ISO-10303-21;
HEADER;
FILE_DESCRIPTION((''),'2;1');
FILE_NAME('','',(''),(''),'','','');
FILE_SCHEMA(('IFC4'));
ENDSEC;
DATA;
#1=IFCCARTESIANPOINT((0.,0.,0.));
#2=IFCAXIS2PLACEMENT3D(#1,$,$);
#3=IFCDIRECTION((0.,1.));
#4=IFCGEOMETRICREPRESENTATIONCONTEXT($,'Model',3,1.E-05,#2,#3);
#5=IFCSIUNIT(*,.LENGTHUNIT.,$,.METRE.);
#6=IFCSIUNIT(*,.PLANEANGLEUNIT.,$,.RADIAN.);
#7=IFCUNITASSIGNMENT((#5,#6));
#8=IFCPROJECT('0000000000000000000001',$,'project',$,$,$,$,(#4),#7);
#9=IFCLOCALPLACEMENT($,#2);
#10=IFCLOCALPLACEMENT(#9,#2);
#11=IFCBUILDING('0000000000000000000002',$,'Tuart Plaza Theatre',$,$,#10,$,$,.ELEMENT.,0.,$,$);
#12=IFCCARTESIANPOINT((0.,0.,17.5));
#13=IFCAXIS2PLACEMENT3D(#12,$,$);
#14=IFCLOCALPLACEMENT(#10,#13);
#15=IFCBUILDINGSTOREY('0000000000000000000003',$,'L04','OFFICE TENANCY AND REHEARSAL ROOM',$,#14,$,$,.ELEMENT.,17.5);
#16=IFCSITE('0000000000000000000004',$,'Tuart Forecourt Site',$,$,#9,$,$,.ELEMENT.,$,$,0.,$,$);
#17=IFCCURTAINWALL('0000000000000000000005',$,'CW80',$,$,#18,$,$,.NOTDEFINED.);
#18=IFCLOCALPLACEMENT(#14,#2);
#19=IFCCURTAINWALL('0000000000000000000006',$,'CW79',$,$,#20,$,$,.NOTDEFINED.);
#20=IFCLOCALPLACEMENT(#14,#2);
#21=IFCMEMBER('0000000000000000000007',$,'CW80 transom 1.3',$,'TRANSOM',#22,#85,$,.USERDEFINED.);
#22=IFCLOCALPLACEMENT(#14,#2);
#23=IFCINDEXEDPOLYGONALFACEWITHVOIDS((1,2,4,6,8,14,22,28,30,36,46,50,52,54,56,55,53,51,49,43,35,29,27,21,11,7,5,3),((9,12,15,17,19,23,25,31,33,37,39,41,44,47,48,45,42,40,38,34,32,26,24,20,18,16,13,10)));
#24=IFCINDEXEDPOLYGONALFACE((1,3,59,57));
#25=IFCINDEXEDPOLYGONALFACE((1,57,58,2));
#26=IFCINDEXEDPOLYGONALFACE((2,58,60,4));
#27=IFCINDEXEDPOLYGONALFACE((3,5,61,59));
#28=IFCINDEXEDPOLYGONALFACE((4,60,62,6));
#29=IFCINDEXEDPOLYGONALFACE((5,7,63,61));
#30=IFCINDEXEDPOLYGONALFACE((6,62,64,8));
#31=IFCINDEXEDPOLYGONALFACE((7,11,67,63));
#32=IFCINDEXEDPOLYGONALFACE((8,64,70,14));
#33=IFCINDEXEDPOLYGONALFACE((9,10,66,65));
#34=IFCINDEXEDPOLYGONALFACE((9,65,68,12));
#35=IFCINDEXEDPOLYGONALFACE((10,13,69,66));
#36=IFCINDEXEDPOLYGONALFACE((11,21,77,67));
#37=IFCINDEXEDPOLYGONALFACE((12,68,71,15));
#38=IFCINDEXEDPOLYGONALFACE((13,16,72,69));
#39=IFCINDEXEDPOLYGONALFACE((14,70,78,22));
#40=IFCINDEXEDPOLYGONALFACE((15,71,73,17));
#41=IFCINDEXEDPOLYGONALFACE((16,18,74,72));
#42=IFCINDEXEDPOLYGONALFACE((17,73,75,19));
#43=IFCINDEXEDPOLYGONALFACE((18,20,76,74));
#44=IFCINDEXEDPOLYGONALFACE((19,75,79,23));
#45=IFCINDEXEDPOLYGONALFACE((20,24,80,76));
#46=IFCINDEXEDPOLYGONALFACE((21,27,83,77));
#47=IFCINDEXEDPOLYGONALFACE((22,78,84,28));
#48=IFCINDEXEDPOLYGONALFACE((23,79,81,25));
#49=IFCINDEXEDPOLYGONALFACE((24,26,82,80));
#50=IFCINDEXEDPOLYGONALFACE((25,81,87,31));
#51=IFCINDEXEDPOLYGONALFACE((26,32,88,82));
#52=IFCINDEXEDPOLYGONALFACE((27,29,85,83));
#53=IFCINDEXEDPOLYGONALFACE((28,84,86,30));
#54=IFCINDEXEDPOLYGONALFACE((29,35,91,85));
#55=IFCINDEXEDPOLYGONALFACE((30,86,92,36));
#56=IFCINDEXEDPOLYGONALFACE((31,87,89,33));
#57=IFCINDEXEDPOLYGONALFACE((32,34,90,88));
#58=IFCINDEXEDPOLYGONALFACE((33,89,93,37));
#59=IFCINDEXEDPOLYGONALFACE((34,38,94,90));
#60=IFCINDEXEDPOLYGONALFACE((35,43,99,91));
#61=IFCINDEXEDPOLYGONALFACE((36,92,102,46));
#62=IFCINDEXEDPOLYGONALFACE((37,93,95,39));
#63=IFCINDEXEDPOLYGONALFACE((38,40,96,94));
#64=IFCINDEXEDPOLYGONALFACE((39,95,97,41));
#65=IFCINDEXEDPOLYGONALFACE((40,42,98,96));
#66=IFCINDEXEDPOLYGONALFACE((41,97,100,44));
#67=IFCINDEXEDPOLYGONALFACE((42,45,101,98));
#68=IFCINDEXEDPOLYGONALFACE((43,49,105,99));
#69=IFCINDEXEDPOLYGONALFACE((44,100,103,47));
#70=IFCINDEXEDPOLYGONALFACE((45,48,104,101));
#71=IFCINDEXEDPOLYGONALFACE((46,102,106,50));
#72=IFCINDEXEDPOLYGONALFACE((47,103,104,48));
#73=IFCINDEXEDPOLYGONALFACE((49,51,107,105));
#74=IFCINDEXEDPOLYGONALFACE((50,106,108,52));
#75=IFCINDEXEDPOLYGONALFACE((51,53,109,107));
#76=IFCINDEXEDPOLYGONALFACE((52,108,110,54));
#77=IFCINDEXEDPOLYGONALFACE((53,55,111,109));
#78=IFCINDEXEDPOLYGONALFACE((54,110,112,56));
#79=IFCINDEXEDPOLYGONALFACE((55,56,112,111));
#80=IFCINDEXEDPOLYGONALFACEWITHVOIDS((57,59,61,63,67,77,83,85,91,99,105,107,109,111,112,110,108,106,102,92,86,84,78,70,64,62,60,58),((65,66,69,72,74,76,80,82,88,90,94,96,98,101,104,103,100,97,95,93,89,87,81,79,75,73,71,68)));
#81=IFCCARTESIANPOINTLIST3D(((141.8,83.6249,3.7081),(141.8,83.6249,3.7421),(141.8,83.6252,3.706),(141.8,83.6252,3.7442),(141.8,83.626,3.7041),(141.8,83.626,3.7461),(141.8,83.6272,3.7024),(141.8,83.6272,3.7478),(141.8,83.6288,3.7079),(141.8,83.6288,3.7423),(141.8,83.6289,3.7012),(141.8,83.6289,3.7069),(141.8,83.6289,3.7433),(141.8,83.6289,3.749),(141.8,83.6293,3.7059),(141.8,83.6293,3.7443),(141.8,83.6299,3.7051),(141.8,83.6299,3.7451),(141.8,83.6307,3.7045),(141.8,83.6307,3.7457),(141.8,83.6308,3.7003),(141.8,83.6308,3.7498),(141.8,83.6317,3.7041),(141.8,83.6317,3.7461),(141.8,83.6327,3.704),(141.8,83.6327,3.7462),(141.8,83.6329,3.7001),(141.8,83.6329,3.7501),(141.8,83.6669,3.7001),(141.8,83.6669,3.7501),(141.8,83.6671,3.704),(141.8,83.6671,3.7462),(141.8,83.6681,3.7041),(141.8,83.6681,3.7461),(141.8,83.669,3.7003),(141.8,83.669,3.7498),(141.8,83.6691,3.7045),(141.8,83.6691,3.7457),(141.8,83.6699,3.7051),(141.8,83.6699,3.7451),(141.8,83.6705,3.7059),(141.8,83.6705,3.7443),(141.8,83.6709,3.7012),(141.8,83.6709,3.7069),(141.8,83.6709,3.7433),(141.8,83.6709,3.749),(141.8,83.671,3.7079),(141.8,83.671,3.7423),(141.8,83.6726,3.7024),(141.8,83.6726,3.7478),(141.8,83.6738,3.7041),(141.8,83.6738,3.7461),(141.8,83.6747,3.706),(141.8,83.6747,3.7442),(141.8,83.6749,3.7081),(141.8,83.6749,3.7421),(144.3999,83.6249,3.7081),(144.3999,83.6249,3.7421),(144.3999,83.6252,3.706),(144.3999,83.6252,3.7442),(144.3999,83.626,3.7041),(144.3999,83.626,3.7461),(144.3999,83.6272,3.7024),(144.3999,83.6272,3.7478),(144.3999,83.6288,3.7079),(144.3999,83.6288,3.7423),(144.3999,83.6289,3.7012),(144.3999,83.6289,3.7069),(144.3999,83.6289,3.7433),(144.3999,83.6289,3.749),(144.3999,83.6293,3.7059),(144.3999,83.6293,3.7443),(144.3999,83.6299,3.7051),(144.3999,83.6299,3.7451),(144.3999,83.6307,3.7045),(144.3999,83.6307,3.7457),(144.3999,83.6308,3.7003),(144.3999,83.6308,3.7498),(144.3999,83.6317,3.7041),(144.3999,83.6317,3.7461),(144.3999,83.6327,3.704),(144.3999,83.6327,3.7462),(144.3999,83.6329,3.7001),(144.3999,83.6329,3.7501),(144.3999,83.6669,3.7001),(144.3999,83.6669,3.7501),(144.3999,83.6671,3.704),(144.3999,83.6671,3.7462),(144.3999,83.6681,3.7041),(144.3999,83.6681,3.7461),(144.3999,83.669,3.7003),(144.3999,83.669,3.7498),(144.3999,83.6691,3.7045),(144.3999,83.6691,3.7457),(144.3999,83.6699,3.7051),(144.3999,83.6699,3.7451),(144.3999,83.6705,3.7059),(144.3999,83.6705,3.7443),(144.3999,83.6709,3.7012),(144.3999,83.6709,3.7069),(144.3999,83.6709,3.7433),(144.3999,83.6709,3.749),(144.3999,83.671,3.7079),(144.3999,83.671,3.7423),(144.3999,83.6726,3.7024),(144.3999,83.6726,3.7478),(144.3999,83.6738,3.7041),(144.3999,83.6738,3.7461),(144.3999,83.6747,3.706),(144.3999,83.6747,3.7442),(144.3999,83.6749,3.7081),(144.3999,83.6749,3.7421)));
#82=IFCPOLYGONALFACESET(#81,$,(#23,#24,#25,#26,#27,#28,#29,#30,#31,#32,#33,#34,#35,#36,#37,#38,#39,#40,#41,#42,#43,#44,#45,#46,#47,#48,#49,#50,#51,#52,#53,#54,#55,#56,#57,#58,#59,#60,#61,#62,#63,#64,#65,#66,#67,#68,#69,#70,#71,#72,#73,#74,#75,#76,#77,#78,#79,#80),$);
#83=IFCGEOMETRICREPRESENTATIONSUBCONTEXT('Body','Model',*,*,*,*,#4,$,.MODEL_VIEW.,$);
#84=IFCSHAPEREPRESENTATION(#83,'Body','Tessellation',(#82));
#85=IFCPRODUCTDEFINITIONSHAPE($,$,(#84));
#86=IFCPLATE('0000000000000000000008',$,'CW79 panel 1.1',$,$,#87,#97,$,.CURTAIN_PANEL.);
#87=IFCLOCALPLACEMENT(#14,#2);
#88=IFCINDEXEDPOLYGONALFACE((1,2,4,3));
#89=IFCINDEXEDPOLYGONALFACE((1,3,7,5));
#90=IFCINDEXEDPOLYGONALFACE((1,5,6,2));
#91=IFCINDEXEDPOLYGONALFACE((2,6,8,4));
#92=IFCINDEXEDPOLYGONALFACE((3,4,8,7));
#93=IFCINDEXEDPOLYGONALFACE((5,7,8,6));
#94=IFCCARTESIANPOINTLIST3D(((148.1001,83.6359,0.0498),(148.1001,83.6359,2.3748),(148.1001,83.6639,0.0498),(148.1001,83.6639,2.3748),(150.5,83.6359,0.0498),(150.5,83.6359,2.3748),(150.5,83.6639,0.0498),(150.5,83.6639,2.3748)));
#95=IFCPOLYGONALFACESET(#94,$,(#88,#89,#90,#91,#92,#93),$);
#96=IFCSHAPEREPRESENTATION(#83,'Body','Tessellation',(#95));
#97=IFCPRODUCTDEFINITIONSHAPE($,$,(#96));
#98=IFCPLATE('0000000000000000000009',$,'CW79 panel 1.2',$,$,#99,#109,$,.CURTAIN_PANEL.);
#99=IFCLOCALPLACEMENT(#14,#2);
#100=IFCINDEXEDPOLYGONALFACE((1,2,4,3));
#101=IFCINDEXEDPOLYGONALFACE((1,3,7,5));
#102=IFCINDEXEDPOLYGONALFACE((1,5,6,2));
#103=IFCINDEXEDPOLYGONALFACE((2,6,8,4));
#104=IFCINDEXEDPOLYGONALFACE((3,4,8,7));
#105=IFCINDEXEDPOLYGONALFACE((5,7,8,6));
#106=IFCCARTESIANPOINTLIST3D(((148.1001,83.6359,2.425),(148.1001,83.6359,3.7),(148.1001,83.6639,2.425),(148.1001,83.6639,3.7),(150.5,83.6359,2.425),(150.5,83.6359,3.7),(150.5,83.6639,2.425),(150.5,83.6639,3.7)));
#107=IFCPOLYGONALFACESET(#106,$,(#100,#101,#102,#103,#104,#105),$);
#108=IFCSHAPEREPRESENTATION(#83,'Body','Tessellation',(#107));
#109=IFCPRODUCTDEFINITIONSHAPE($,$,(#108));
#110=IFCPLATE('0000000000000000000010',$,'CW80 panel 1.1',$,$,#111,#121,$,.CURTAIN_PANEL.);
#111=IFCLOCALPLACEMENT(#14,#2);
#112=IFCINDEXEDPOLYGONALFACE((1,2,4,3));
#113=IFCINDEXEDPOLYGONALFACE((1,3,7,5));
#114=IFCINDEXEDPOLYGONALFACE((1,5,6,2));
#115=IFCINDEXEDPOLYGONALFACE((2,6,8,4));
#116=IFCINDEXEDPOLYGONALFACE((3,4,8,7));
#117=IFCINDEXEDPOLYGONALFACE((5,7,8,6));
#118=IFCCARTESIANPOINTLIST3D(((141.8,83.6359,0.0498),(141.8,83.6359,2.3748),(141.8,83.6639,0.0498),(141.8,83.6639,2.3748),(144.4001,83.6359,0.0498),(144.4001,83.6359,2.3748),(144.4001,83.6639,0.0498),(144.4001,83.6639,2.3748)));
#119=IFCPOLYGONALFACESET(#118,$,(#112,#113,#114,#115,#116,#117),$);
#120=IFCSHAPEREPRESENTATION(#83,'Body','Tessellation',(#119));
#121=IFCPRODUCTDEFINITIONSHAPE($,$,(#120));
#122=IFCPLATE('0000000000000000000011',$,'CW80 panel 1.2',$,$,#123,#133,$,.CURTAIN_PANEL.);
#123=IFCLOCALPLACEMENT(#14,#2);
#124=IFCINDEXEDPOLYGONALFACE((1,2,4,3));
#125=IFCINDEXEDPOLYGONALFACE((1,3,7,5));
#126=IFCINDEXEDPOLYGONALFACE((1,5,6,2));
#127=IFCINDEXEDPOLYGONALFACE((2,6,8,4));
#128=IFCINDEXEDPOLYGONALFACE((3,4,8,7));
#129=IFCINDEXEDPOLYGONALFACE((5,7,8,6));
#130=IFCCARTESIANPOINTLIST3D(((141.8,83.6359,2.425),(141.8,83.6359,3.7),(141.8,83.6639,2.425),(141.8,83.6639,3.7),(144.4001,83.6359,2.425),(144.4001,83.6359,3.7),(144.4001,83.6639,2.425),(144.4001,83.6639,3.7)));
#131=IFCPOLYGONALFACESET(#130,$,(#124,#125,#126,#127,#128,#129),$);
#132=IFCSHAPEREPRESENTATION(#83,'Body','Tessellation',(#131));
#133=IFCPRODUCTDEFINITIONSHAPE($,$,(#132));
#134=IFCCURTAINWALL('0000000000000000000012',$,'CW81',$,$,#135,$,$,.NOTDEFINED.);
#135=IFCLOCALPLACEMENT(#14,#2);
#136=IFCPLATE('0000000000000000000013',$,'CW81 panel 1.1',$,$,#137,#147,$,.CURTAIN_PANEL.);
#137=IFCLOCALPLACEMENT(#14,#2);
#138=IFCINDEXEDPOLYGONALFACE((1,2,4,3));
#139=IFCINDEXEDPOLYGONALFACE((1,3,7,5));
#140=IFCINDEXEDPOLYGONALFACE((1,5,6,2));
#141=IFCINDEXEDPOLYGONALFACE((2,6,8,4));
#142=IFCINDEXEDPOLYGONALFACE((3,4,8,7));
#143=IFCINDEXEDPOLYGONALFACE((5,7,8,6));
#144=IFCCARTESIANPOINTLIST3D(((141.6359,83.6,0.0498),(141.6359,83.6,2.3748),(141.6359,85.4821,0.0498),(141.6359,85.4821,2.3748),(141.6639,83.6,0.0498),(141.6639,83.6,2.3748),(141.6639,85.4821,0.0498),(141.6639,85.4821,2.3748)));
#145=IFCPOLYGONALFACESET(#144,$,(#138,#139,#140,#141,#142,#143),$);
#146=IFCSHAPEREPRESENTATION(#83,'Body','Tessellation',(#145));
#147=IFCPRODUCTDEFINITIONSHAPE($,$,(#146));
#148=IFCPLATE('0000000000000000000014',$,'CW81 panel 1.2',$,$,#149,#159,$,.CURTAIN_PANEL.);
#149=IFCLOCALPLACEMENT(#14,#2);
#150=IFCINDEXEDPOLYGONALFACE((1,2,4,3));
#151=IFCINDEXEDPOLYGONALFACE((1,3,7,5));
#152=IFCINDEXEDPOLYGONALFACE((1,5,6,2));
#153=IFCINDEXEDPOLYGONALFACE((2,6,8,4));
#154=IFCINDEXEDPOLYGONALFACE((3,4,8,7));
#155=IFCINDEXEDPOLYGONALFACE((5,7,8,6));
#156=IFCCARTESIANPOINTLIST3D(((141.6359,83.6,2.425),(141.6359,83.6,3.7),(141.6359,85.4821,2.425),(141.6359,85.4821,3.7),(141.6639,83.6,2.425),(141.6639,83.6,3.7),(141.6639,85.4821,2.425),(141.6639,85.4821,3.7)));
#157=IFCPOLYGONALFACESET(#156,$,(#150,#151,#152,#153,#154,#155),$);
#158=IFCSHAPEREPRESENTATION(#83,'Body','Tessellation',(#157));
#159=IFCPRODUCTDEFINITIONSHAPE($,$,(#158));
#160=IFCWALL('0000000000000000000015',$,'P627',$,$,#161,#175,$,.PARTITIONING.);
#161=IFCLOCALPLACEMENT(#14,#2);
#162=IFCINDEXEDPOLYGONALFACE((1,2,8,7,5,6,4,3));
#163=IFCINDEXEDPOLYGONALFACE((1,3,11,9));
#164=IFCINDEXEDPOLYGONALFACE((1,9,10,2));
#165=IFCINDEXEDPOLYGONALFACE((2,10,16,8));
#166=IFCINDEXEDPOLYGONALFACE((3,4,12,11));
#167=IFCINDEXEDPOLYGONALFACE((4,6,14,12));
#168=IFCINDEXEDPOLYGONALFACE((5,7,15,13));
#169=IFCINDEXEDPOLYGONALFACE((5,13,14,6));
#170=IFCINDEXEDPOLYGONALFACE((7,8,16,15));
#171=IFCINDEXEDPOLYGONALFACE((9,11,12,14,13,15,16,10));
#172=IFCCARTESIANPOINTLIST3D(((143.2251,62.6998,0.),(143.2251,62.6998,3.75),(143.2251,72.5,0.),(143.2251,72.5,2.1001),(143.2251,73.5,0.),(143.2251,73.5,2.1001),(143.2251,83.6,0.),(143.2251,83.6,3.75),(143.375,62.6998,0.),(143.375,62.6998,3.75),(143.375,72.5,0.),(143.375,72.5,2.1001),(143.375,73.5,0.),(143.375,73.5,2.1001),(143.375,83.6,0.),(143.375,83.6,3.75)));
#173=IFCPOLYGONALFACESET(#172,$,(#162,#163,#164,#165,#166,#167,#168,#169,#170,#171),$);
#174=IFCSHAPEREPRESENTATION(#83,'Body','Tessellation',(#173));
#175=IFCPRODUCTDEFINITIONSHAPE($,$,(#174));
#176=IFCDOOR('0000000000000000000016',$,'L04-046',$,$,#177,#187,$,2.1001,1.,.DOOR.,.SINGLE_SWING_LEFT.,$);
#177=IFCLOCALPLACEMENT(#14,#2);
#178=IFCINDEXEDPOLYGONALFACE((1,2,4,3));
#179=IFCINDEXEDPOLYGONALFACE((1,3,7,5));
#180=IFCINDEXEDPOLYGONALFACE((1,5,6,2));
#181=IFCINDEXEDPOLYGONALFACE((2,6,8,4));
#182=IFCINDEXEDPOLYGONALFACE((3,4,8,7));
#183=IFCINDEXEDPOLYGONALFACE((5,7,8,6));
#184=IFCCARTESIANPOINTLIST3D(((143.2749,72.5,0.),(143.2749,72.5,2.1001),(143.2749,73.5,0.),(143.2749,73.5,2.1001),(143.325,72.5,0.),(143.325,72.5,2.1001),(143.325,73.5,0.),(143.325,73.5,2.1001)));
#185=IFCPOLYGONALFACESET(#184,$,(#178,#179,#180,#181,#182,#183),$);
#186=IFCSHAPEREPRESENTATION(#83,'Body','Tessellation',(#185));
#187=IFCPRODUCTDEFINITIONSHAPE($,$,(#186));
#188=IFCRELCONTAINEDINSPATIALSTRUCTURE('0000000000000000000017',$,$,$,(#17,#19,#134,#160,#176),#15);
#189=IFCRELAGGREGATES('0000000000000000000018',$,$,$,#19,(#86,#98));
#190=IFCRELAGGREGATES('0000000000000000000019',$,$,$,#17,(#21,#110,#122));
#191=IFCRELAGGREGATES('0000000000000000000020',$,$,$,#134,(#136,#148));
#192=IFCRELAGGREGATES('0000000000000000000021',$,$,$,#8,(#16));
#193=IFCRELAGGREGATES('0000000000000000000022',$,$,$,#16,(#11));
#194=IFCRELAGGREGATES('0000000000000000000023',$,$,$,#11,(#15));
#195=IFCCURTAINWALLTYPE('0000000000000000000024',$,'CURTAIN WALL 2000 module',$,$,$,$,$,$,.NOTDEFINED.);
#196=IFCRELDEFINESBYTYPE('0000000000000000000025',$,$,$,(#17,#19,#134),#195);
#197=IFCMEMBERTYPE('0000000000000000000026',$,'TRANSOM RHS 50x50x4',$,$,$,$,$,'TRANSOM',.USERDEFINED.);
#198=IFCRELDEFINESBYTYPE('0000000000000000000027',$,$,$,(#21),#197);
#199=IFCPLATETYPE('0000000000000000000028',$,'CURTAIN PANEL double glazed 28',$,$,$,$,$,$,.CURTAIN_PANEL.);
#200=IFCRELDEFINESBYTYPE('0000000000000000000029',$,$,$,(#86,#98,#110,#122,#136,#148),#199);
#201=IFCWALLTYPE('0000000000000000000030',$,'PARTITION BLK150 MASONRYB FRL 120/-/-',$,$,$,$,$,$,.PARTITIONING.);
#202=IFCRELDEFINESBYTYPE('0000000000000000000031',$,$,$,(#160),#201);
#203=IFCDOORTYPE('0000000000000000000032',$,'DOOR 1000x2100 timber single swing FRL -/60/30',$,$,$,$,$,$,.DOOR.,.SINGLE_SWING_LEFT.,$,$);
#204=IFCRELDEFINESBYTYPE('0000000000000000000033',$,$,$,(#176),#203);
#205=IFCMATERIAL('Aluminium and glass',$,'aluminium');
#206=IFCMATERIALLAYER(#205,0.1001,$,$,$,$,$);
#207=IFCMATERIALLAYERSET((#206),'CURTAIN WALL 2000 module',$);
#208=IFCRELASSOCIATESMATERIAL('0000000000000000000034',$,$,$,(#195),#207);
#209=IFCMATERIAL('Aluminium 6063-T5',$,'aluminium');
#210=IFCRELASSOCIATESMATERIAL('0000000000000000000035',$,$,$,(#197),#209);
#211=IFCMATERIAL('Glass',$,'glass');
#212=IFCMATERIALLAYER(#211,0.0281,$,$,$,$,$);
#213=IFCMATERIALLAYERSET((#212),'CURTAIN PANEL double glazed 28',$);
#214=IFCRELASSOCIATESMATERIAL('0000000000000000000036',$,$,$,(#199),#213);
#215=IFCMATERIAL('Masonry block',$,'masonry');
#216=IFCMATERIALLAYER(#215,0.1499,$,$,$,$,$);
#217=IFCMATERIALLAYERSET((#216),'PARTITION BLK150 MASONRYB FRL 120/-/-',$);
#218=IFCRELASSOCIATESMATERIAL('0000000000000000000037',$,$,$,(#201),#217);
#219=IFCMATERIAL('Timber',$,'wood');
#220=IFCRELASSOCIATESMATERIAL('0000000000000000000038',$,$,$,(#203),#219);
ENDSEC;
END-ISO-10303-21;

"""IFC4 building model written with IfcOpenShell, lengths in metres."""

from ifc_helpers import new_model, si_unit, direction, frame, frame_2d, origin, origin_2d, place, context, subcontext, project, spatial, rectangle, hollow_rectangle, extrude, material, layer, layer_set, material_profile, profile_set, type_object, element, fill, aggregate, save


model = new_model("IFC4")

# Units and contexts
model_context = context("Model", 3, precision=1e-05, world=origin(), true_north=direction((0.0, 1.0)))
body_context = subcontext(model_context, "Body", "Model", "MODEL_VIEW")
ifc_project = project(units=[si_unit("LENGTHUNIT", "METRE"), si_unit("PLANEANGLEUNIT", "RADIAN")], contexts=[model_context])

# Site, building, storey
site_placement = place(None, origin())
site = spatial("IfcSite", under=ifc_project, at=site_placement, Name="Tuart Forecourt Site", CompositionType="ELEMENT", RefElevation=0.0)
building_placement = place(site_placement, origin())
building = spatial("IfcBuilding", under=site, at=building_placement, Name="Tuart Plaza Theatre", CompositionType="ELEMENT", ElevationOfRefHeight=0.0)
storey_placement = place(building_placement, frame((0.0, 0.0, 17.5)))
storey = spatial("IfcBuildingStorey", under=building, at=storey_placement, Name="L04", Description="OFFICE TENANCY AND REHEARSAL ROOM", CompositionType="ELEMENT", Elevation=17.5)

# Curtain wall
ifc_material_1 = material(Name="Aluminium and glass", Category="aluminium")
ifc_layer_1 = layer(ifc_material_1, 0.1001)
ifc_layer_set_1 = layer_set([ifc_layer_1], Name="CURTAIN WALL 2000 module")
curtain_wall_type = type_object("IfcCurtainWallType", Name="CURTAIN WALL 2000 module", PredefinedType="NOTDEFINED", material=ifc_layer_set_1)
curtain_wall_1_placement = place(storey_placement, origin())
curtain_wall_1 = element("IfcCurtainWall", 1, at=curtain_wall_1_placement, inside=storey, type_object=curtain_wall_type, Name="CW80", PredefinedType="NOTDEFINED")

# Curtain wall
curtain_wall_2_placement = place(storey_placement, origin())
curtain_wall_2 = element("IfcCurtainWall", 2, at=curtain_wall_2_placement, inside=storey, type_object=curtain_wall_type, Name="CW79", PredefinedType="NOTDEFINED")
ifc_material_2 = material(Name="Aluminium 6063-T5", Category="aluminium")
ifc_material_profile_1 = material_profile(ifc_material_2, hollow_rectangle(XDim=0.05, YDim=0.05, WallThickness=0.0039, InnerFilletRadius=0.0039, OuterFilletRadius=0.0081, at=origin_2d()), Name="RHS 50x50x4")
ifc_profile_set_1 = profile_set([ifc_material_profile_1], Name="Aluminium 6063-T5")
member_type_1 = type_object("IfcMemberType", Name="TRANSOM RHS 50x50x4", ElementType="TRANSOM", PredefinedType="USERDEFINED", material=ifc_profile_set_1)

# Member
member_1_placement = place(storey_placement, frame((144.3999, 83.6499, 3.7251), z_axis=(-1.0, 0.0, 0.0), x_axis=(0.0, -1.0, 0.0)))
member_1 = element("IfcMember", 3, at=member_1_placement, type_object=member_type_1, Name="CW80 transom 1.3", ObjectType="TRANSOM", PredefinedType="USERDEFINED", context=body_context, shape_type="SweptSolid", body=[
    extrude(hollow_rectangle(XDim=0.05, YDim=0.05, WallThickness=0.0039, InnerFilletRadius=0.0039, OuterFilletRadius=0.0081, at=origin_2d()), origin(), (0.0, 0.0, 1.0), 2.5999),
])

# Plates
ifc_material_3 = material(Name="Glass", Category="glass")
ifc_layer_2 = layer(ifc_material_3, 0.0281)
ifc_layer_set_2 = layer_set([ifc_layer_2], Name="CURTAIN PANEL double glazed 28")
plate_type = type_object("IfcPlateType", Name="CURTAIN PANEL double glazed 28", PredefinedType="CURTAIN_PANEL", material=ifc_layer_set_2)
plate_1_placement = place(storey_placement, frame((149.3, 83.6499, 0.0498), z_axis=(0.0, 0.0, 1.0), x_axis=(-1.0, 0.0, 0.0)))
plate_1 = element("IfcPlate", 4, at=plate_1_placement, type_object=plate_type, Name="CW79 panel 1.1", PredefinedType="CURTAIN_PANEL", context=body_context, shape_type="SweptSolid", body=[
    extrude(rectangle(XDim=2.3999, YDim=0.0281, at=origin_2d()), origin(), (0.0, 0.0, 1.0), 2.325),
])
plate_2_placement = place(storey_placement, frame((149.3, 83.6499, 2.425), z_axis=(0.0, 0.0, 1.0), x_axis=(-1.0, 0.0, 0.0)))
plate_2 = element("IfcPlate", 5, at=plate_2_placement, type_object=plate_type, Name="CW79 panel 1.2", PredefinedType="CURTAIN_PANEL", context=body_context, shape_type="SweptSolid", body=[
    extrude(rectangle(XDim=2.3999, YDim=0.0281, at=origin_2d()), origin(), (0.0, 0.0, 1.0), 1.2749),
])
aggregate(curtain_wall_2, [plate_1, plate_2])
plate_3_placement = place(storey_placement, frame((143.1001, 83.6499, 0.0498), z_axis=(0.0, 0.0, 1.0), x_axis=(-1.0, 0.0, 0.0)))
plate_3 = element("IfcPlate", 6, at=plate_3_placement, type_object=plate_type, Name="CW80 panel 1.1", PredefinedType="CURTAIN_PANEL", context=body_context, shape_type="SweptSolid", body=[
    extrude(rectangle(XDim=2.6001, YDim=0.0281, at=origin_2d()), origin(), (0.0, 0.0, 1.0), 2.325),
])
plate_4_placement = place(storey_placement, frame((143.1001, 83.6499, 2.425), z_axis=(0.0, 0.0, 1.0), x_axis=(-1.0, 0.0, 0.0)))
plate_4 = element("IfcPlate", 7, at=plate_4_placement, type_object=plate_type, Name="CW80 panel 1.2", PredefinedType="CURTAIN_PANEL", context=body_context, shape_type="SweptSolid", body=[
    extrude(rectangle(XDim=2.6001, YDim=0.0281, at=origin_2d()), origin(), (0.0, 0.0, 1.0), 1.2749),
])
aggregate(curtain_wall_1, [member_1, plate_3, plate_4])

# Curtain wall, plates
curtain_wall_3_placement = place(storey_placement, origin())
curtain_wall_3 = element("IfcCurtainWall", 8, at=curtain_wall_3_placement, inside=storey, type_object=curtain_wall_type, Name="CW81", PredefinedType="NOTDEFINED")
plate_5_placement = place(storey_placement, frame((141.6499, 84.541, 0.0498), z_axis=(0.0, 0.0, 1.0), x_axis=(0.0, 1.0, 0.0)))
plate_5 = element("IfcPlate", 9, at=plate_5_placement, type_object=plate_type, Name="CW81 panel 1.1", PredefinedType="CURTAIN_PANEL", context=body_context, shape_type="SweptSolid", body=[
    extrude(rectangle(XDim=1.8821, YDim=0.0281, at=origin_2d()), origin(), (0.0, 0.0, 1.0), 2.325),
])
plate_6_placement = place(storey_placement, frame((141.6499, 84.541, 2.425), z_axis=(0.0, 0.0, 1.0), x_axis=(0.0, 1.0, 0.0)))
plate_6 = element("IfcPlate", 10, at=plate_6_placement, type_object=plate_type, Name="CW81 panel 1.2", PredefinedType="CURTAIN_PANEL", context=body_context, shape_type="SweptSolid", body=[
    extrude(rectangle(XDim=1.8821, YDim=0.0281, at=origin_2d()), origin(), (0.0, 0.0, 1.0), 1.2749),
])
aggregate(curtain_wall_3, [plate_5, plate_6])

# Wall, opening, door
ifc_material_4 = material(Name="Masonry block", Category="masonry")
ifc_layer_3 = layer(ifc_material_4, 0.1499)
ifc_layer_set_3 = layer_set([ifc_layer_3], Name="PARTITION BLK150 MASONRYB FRL 120/-/-")
wall_type_1 = type_object("IfcWallType", Name="PARTITION BLK150 MASONRYB FRL 120/-/-", PredefinedType="PARTITIONING", material=ifc_layer_set_3)
wall_1_placement = place(storey_placement, frame((143.3, 83.6001, 0.0), z_axis=(0.0, 0.0, 1.0), x_axis=(0.0, -1.0, 0.0)))
wall_1 = element("IfcWall", 11, at=wall_1_placement, inside=storey, type_object=wall_type_1, Name="P627", PredefinedType="PARTITIONING", context=body_context, shape_type="SweptSolid", body=[
    extrude(rectangle(XDim=20.9001, YDim=0.1499, at=frame_2d((10.4502, 0.0))), origin(), (0.0, 0.0, 1.0), 3.75),
])
opening_1_placement = place(wall_1_placement, frame((10.1001, 0.0, 0.0)))
opening_1 = element("IfcOpeningElement", 12, at=opening_1_placement, cuts=wall_1, PredefinedType="OPENING", context=body_context, shape_type="SweptSolid", body=[
    extrude(rectangle(XDim=1.0, YDim=2.1001, at=frame_2d((0.5, 1.05))), frame((0.0, 0.085, 0.0), z_axis=(0.0, -1.0, 0.0), x_axis=(1.0, 0.0, 0.0)), (0.0, 0.0, 1.0), 0.1699),
])
ifc_material_5 = material(Name="Timber", Category="wood")
door_type_1 = type_object("IfcDoorType", Name="DOOR 1000x2100 timber single swing FRL -/60/30", OperationType="SINGLE_SWING_LEFT", PredefinedType="DOOR", material=ifc_material_5)
door_1_placement = place(opening_1_placement, origin())
door_1 = element("IfcDoor", 13, at=door_1_placement, inside=storey, type_object=door_type_1, Name="L04-046", OperationType="SINGLE_SWING_LEFT", OverallHeight=2.1001, OverallWidth=1.0, PredefinedType="DOOR", context=body_context, shape_type="SweptSolid", body=[
    extrude(rectangle(XDim=1.0, YDim=2.1001, at=frame_2d((0.5, 1.05))), frame((0.0, 0.0249, 0.0), z_axis=(0.0, -1.0, 0.0), x_axis=(1.0, 0.0, 0.0)), (0.0, 0.0, 1.0), 0.05),
])
fill(opening_1, door_1)

save(model, "model.ifc")
